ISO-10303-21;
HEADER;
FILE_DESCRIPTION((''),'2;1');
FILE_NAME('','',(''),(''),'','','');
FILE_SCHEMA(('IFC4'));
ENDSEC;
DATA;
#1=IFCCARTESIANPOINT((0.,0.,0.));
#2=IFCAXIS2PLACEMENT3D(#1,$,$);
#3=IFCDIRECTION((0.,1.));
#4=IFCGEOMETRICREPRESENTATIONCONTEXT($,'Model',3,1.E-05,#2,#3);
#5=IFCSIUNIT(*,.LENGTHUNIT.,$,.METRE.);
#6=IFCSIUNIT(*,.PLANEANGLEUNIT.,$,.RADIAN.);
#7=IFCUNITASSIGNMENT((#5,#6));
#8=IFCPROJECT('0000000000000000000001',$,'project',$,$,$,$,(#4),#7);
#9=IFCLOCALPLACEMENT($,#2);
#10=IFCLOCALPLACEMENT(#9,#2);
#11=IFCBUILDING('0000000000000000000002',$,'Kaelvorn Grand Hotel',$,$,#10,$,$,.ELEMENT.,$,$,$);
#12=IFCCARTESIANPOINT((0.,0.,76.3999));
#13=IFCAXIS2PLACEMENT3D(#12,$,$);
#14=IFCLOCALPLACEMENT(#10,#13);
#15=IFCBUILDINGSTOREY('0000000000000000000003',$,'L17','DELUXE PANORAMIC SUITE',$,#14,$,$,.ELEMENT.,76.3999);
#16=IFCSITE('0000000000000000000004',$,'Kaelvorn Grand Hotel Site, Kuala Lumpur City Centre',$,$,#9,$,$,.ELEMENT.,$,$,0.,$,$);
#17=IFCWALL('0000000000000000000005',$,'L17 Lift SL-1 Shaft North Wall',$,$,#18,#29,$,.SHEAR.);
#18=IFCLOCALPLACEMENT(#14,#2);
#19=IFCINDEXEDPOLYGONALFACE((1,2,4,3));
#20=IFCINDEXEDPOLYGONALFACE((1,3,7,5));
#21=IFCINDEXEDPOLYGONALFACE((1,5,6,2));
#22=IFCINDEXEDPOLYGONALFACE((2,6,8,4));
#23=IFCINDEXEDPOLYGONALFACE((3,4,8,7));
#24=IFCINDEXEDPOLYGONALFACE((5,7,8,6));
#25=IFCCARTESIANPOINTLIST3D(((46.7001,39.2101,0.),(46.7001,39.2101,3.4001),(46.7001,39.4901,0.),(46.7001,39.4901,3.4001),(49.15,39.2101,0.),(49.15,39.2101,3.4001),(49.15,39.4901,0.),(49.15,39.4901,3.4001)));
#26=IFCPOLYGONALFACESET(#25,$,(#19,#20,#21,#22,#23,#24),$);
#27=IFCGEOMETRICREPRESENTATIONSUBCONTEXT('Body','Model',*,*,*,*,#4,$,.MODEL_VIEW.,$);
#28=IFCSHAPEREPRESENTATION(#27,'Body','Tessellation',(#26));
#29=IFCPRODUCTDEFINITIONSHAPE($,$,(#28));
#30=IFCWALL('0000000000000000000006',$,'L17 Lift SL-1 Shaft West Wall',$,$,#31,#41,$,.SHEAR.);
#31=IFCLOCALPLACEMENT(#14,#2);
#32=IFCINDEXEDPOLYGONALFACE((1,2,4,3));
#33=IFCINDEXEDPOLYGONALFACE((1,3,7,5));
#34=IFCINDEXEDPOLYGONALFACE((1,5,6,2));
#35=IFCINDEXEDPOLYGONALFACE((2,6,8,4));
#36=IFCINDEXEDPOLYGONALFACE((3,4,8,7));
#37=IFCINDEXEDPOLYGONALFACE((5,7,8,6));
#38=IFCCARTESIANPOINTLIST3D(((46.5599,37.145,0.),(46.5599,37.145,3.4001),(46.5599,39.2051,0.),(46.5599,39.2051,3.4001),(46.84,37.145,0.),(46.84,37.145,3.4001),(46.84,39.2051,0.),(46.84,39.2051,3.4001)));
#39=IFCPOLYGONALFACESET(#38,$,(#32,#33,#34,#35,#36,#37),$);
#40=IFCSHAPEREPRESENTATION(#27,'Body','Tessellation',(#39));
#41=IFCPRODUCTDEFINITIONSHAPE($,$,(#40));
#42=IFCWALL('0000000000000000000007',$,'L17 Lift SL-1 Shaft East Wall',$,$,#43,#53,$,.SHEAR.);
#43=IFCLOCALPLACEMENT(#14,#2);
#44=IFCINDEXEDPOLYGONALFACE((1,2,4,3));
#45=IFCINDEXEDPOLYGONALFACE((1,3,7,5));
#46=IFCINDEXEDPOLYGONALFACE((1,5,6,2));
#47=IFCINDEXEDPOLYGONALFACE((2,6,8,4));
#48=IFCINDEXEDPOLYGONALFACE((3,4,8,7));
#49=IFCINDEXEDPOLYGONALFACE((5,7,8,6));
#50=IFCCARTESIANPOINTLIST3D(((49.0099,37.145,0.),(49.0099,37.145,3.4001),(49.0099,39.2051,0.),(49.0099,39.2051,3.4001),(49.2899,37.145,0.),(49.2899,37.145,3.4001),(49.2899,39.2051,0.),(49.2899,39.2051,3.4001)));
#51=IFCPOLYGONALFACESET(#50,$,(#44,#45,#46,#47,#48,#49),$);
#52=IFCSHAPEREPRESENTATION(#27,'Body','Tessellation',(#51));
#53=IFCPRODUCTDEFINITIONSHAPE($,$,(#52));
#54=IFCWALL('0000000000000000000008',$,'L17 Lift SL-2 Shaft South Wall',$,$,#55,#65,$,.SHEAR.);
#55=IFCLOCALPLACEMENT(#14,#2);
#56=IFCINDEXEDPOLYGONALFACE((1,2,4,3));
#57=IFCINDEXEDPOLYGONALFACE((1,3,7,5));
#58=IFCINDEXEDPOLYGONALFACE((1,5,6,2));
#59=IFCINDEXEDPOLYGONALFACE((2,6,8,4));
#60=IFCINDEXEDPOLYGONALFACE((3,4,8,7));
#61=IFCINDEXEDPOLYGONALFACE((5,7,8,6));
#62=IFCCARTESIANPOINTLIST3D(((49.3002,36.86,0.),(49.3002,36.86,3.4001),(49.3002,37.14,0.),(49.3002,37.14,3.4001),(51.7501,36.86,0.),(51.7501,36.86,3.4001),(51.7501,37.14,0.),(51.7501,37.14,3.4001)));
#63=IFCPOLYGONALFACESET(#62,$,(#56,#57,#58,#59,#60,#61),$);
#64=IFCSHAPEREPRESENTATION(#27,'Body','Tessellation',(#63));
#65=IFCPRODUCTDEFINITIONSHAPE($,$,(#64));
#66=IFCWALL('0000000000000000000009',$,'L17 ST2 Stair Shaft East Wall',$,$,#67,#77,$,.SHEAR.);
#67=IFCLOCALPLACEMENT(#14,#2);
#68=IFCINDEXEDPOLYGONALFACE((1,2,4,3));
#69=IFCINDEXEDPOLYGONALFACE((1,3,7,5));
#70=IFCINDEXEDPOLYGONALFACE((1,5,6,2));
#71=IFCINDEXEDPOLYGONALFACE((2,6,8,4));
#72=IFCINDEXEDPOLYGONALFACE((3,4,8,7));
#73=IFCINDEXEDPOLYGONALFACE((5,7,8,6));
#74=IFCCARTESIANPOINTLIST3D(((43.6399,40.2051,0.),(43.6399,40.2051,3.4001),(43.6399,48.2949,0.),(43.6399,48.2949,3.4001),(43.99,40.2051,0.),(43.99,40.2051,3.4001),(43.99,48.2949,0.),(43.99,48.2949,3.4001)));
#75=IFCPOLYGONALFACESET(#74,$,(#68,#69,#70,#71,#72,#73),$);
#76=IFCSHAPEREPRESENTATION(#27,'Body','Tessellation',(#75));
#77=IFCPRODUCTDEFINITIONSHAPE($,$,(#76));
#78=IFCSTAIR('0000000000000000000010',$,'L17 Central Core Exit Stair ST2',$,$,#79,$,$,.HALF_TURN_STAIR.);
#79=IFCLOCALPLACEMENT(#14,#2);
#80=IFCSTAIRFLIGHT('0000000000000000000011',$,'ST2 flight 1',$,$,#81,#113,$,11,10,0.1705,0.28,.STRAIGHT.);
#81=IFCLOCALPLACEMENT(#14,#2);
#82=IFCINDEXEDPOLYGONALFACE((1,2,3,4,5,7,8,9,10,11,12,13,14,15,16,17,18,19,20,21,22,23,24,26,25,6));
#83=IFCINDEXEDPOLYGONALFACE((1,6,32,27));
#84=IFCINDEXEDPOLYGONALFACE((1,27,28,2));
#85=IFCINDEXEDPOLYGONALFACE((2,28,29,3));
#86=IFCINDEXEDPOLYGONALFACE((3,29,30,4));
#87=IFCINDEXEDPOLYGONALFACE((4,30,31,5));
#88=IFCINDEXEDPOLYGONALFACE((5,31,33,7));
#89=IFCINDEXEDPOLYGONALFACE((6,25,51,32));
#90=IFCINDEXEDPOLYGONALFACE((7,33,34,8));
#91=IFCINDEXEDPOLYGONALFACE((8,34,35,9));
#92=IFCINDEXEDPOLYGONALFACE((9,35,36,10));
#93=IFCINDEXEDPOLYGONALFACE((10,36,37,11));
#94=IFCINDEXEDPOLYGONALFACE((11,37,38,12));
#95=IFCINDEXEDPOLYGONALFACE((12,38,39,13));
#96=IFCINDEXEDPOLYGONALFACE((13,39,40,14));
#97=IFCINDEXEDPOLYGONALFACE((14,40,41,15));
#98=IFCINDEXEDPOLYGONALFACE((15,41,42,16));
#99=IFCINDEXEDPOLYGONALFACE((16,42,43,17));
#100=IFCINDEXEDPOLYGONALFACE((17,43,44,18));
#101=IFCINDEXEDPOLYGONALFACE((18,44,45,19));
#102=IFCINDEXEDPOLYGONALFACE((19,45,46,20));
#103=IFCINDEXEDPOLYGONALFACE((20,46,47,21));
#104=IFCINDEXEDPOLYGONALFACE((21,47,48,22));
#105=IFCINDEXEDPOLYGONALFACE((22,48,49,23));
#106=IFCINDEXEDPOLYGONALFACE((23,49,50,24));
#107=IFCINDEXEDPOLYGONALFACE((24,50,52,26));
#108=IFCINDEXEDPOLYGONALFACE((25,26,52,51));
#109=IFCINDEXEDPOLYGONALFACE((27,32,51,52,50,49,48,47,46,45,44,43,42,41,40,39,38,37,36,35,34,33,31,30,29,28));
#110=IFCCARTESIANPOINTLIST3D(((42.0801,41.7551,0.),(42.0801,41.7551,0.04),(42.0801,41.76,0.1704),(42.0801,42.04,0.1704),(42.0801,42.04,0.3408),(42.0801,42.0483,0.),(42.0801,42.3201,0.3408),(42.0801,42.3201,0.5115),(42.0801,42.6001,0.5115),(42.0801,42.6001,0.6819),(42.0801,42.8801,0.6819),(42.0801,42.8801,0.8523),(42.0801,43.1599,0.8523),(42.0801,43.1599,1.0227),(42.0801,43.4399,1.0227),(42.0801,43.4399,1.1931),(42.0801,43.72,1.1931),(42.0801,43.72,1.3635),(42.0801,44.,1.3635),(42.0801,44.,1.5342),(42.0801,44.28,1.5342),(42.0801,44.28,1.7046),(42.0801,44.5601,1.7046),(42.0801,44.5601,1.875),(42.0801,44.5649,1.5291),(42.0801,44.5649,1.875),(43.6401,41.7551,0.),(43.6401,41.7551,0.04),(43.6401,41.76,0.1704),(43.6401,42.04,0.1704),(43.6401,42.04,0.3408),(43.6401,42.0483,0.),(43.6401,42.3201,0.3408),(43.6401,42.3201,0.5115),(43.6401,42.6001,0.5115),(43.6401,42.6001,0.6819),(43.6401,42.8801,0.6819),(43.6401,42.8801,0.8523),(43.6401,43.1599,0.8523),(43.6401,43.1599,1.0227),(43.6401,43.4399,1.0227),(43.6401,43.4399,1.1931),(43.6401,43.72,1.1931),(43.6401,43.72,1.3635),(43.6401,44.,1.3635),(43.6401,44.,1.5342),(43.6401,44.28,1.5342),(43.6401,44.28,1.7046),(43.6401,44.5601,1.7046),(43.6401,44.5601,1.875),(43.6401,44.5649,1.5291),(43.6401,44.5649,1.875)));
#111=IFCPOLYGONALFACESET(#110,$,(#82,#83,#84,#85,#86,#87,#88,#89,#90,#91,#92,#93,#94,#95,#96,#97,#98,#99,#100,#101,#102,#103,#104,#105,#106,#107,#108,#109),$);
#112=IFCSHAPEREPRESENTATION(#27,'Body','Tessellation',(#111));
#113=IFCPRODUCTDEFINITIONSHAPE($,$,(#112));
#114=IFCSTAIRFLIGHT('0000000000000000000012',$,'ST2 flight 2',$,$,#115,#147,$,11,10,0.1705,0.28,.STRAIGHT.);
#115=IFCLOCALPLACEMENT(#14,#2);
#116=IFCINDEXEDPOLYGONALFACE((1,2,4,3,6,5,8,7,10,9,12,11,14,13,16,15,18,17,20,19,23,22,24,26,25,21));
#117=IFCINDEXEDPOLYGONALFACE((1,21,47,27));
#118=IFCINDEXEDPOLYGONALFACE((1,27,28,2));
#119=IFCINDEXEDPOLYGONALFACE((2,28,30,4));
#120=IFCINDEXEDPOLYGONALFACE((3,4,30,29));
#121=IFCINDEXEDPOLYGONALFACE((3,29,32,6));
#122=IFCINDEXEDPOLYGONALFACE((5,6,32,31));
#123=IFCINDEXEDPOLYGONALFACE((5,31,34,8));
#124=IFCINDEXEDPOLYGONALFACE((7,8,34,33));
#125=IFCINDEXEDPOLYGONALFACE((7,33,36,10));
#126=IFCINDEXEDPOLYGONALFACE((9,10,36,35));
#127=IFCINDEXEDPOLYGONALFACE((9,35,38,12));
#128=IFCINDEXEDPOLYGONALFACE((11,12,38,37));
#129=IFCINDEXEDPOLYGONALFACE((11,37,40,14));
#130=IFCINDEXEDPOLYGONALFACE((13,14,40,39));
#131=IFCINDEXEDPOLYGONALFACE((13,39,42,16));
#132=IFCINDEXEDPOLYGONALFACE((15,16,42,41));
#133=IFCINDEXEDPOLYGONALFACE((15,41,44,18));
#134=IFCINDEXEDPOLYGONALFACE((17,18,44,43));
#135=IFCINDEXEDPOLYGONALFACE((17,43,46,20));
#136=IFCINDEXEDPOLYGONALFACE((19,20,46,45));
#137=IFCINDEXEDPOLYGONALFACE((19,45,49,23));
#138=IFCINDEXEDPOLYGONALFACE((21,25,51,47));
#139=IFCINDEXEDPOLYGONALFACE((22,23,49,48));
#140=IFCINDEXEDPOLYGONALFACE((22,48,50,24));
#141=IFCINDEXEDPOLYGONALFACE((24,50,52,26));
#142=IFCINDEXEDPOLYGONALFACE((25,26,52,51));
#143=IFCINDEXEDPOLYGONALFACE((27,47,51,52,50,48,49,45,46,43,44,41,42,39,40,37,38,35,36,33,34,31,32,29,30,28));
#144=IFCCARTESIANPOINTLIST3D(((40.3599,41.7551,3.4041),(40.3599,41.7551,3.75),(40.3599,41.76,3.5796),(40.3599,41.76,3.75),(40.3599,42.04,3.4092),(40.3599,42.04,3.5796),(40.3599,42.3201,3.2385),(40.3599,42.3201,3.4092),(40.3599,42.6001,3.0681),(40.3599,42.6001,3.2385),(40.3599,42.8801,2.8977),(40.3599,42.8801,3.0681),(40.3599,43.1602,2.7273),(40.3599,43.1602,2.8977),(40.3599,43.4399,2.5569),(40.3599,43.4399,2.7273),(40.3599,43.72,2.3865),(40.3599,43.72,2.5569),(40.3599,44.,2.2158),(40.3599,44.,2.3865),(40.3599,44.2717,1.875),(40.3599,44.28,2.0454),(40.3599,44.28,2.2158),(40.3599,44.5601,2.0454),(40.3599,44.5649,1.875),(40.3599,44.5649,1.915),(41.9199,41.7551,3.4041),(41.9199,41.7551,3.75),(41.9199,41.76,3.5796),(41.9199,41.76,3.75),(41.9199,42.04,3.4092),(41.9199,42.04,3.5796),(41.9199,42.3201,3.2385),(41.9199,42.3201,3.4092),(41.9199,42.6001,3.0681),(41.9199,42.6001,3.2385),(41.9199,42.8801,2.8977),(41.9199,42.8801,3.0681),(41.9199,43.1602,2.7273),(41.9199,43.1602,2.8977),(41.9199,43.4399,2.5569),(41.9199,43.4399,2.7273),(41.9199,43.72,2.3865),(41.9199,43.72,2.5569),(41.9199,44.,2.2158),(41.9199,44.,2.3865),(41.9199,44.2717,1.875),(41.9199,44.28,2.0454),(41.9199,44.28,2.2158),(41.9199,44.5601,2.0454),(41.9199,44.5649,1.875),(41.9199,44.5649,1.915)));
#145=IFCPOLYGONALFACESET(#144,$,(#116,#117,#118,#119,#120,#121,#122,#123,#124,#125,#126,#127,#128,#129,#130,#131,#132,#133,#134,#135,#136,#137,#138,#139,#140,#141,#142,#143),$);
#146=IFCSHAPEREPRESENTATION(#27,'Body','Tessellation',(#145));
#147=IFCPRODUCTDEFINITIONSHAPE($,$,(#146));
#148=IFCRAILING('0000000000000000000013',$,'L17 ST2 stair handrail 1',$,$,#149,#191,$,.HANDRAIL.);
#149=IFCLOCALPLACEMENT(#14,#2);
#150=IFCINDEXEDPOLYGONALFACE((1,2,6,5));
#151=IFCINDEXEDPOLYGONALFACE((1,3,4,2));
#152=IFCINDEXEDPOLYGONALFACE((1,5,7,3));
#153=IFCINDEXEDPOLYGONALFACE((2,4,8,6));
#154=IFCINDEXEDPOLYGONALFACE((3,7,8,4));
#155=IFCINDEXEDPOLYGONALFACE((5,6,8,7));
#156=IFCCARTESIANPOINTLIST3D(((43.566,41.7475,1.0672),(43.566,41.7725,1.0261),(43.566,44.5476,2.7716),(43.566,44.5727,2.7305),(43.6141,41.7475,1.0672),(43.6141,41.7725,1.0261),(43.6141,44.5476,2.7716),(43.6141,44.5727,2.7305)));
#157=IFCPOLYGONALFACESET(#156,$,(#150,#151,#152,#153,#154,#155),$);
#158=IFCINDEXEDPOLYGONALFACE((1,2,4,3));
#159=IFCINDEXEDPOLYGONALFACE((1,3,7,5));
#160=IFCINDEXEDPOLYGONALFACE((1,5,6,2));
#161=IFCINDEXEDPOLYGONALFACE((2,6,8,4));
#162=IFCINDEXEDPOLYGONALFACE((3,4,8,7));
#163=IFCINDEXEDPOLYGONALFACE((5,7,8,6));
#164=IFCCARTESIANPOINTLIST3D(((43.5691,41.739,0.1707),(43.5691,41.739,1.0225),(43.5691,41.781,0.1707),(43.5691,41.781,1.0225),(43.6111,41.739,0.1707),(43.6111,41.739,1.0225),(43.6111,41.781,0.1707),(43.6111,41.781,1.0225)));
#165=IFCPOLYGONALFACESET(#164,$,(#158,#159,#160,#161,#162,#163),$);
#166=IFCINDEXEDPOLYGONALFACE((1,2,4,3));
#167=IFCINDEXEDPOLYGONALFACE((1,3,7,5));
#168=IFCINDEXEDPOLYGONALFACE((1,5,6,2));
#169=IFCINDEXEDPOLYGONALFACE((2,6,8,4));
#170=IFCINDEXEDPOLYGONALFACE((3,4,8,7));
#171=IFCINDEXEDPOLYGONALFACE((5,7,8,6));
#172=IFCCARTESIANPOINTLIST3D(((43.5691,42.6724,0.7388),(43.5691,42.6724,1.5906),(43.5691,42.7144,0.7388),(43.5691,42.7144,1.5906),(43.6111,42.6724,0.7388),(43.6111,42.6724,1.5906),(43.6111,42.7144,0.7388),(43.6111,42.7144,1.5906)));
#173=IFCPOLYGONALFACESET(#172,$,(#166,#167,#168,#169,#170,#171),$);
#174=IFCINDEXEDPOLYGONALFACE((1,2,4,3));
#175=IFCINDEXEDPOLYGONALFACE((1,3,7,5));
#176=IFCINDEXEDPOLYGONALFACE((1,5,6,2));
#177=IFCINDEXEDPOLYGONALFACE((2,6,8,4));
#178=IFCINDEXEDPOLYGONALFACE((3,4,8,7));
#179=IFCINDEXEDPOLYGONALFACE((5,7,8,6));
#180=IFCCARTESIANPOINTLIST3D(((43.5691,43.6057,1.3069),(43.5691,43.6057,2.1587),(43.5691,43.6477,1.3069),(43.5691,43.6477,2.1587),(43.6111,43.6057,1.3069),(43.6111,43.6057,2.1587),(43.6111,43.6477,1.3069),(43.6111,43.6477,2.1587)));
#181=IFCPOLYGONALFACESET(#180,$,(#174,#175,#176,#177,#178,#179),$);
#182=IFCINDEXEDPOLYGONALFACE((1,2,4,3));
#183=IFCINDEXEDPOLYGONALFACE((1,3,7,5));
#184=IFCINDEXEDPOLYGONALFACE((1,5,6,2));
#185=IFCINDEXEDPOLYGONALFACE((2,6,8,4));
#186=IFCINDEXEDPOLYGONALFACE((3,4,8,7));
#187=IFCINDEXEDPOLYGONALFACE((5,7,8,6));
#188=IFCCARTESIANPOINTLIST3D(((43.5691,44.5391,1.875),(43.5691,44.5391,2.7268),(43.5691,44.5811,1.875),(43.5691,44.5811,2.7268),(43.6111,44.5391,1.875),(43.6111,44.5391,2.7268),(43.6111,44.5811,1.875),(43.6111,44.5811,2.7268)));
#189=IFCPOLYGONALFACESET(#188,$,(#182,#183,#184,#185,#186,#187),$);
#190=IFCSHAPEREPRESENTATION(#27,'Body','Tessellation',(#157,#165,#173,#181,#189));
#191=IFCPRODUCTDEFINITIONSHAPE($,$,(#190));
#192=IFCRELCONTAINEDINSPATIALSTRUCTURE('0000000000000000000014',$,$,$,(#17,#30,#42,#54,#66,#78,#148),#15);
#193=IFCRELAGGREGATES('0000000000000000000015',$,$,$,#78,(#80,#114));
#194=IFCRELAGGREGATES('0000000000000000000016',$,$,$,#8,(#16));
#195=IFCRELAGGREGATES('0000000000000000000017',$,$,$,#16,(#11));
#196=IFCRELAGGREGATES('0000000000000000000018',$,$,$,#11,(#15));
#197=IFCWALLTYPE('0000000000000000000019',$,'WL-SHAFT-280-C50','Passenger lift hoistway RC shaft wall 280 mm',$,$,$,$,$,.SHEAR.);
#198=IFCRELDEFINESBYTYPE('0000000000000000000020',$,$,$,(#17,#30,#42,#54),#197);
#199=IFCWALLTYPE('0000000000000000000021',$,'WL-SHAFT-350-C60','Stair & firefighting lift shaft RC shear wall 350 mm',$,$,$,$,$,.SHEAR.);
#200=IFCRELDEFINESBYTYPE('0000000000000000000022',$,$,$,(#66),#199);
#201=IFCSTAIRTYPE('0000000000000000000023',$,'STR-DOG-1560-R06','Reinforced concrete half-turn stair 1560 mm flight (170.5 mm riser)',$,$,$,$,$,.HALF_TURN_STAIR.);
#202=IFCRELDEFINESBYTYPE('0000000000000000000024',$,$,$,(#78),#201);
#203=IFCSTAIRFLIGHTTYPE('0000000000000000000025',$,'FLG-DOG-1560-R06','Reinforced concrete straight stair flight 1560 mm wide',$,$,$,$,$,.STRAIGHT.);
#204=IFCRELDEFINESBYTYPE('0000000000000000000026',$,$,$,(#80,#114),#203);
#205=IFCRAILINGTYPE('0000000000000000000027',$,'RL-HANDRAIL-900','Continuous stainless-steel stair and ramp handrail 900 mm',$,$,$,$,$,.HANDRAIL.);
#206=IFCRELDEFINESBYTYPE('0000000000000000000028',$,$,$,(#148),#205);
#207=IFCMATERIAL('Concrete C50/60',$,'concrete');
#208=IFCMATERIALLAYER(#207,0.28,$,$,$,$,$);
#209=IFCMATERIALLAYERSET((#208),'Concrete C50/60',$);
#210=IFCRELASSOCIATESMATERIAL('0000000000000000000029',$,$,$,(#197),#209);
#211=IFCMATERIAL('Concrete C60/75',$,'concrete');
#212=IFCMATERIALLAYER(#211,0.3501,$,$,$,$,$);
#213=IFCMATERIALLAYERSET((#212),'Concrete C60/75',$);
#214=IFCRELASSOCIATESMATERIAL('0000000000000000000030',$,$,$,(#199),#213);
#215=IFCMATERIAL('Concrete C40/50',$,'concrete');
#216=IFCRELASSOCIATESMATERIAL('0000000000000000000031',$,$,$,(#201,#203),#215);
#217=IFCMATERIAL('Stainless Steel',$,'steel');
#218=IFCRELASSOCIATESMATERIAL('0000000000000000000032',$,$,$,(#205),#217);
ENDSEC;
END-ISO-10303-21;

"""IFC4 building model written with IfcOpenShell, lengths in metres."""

from ifc_helpers import new_model, si_unit, direction, frame, frame_2d, origin, origin_2d, place, context, subcontext, project, spatial, polyline, rectangle, outline, extrude, material, layer, layer_set, type_object, element, aggregate, save


model = new_model("IFC4")

# Units and contexts
model_context = context("Model", 3, precision=1e-05, world=origin(), true_north=direction((0.0, 1.0)))
body_context = subcontext(model_context, "Body", "Model", "MODEL_VIEW")
ifc_project = project(units=[si_unit("LENGTHUNIT", "METRE"), si_unit("PLANEANGLEUNIT", "RADIAN")], contexts=[model_context])

# Site, building, storey
site_placement = place(None, origin())
site = spatial("IfcSite", under=ifc_project, at=site_placement, Name="Kaelvorn Grand Hotel Site, Kuala Lumpur City Centre", CompositionType="ELEMENT", RefElevation=0.0)
building_placement = place(site_placement, origin())
building = spatial("IfcBuilding", under=site, at=building_placement, Name="Kaelvorn Grand Hotel", CompositionType="ELEMENT")
storey_placement = place(building_placement, frame((0.0, 0.0, 76.3999)))
storey = spatial("IfcBuildingStorey", under=building, at=storey_placement, Name="L17", Description="DELUXE PANORAMIC SUITE", CompositionType="ELEMENT", Elevation=76.3999)

# Shared definitions
ifc_material_1 = material(Name="Concrete C60/75", Category="concrete")

# Walls
ifc_material_2 = material(Name="Concrete C40/50", Category="concrete")
ifc_material_3 = material(Name="Concrete C50/60", Category="concrete")
ifc_layer_1 = layer(ifc_material_3, 0.28)
ifc_layer_set_1 = layer_set([ifc_layer_1], Name="Concrete C50/60")
wall_type_1 = type_object("IfcWallType", Name="WL-SHAFT-280-C50", Description="Passenger lift hoistway RC shaft wall 280 mm", PredefinedType="SHEAR", material=ifc_layer_set_1)
for number, where, z_axis, x_axis, name in (
    (1, (46.7, 39.3501, 0.0), (0.0, 0.0, 1.0), (1.0, 0.0, 0.0), "L17 Lift SL-1 Shaft North Wall"),
):
    element("IfcWall", number, at=place(storey_placement, frame(where, z_axis=z_axis, x_axis=x_axis)), inside=storey, type_object=wall_type_1, Name=name, PredefinedType="SHEAR", context=body_context, shape_type="SweptSolid", body=[
        extrude(rectangle(XDim=2.45, YDim=0.28, at=frame_2d((1.2251, 0.0))), origin(), (0.0, 0.0, 1.0), 3.4001),
    ])
for number, where, z_axis, x_axis, name in (
    (2, (46.7, 37.145, 0.0), (0.0, 0.0, 1.0), (0.0, 1.0, 0.0), "L17 Lift SL-1 Shaft West Wall"),
    (3, (49.1499, 37.145, 0.0), (0.0, 0.0, 1.0), (0.0, 1.0, 0.0), "L17 Lift SL-1 Shaft East Wall"),
):
    element("IfcWall", number, at=place(storey_placement, frame(where, z_axis=z_axis, x_axis=x_axis)), inside=storey, type_object=wall_type_1, Name=name, PredefinedType="SHEAR", context=body_context, shape_type="SweptSolid", body=[
        extrude(rectangle(XDim=2.0601, YDim=0.28, at=frame_2d((1.03, 0.0))), origin(), (0.0, 0.0, 1.0), 3.4001),
    ])
wall_1_placement = place(storey_placement, frame((49.3, 37.0, 0.0), z_axis=(0.0, 0.0, 1.0), x_axis=(1.0, 0.0, 0.0)))
element("IfcWall", 4, at=wall_1_placement, inside=storey, type_object=wall_type_1, Name="L17 Lift SL-2 Shaft South Wall", PredefinedType="SHEAR", context=body_context, shape_type="SweptSolid", body=[
    extrude(rectangle(XDim=2.45, YDim=0.28, at=frame_2d((1.2251, 0.0))), origin(), (0.0, 0.0, 1.0), 3.4001),
])
ifc_layer_2 = layer(ifc_material_1, 0.3501)
ifc_layer_set_2 = layer_set([ifc_layer_2], Name="Concrete C60/75")
wall_type_2 = type_object("IfcWallType", Name="WL-SHAFT-350-C60", Description="Stair & firefighting lift shaft RC shear wall 350 mm", PredefinedType="SHEAR", material=ifc_layer_set_2)
wall_2_placement = place(storey_placement, frame((43.8149, 40.2051, 0.0), z_axis=(0.0, 0.0, 1.0), x_axis=(0.0, 1.0, 0.0)))
element("IfcWall", 5, at=wall_2_placement, inside=storey, type_object=wall_type_2, Name="L17 ST2 Stair Shaft East Wall", PredefinedType="SHEAR", context=body_context, shape_type="SweptSolid", body=[
    extrude(rectangle(XDim=8.0898, YDim=0.3501, at=frame_2d((4.0449, 0.0))), origin(), (0.0, 0.0, 1.0), 3.4001),
])

# Stair, stair flights
stair_type = type_object("IfcStairType", Name="STR-DOG-1560-R06", Description="Reinforced concrete half-turn stair 1560 mm flight (170.5 mm riser)", PredefinedType="HALF_TURN_STAIR", material=ifc_material_2)
stair_placement = place(storey_placement, origin())
stair = element("IfcStair", 6, at=stair_placement, inside=storey, type_object=stair_type, Name="L17 Central Core Exit Stair ST2", PredefinedType="HALF_TURN_STAIR")
stair_flight_type = type_object("IfcStairFlightType", Name="FLG-DOG-1560-R06", Description="Reinforced concrete straight stair flight 1560 mm wide", PredefinedType="STRAIGHT", material=ifc_material_2)
stair_flight_1_placement = place(storey_placement, frame((42.8601, 41.76, 0.0), z_axis=(0.0, 0.0, 1.0), x_axis=(0.0, 1.0, 0.0)))
stair_flight_1 = element("IfcStairFlight", 7, at=stair_flight_1_placement, type_object=stair_flight_type, Name="ST2 flight 1", NumberOfRisers=11, NumberOfTreads=10, PredefinedType="STRAIGHT", RiserHeight=0.1705, TreadLength=0.28, context=body_context, shape_type="SweptSolid", body=[
    extrude(outline(polyline([(-0.0049, 0.0), (-0.0049, 0.04), (0.0, 0.1704), (0.28, 0.1704), (0.28, 0.3408), (0.5601, 0.3408), (0.5601, 0.5115), (0.8401, 0.5115), (0.8401, 0.6819), (1.1201, 0.6819), (1.1201, 0.8523), (1.3999, 0.8523), (1.3999, 1.0227), (1.6799, 1.0227), (1.6799, 1.1931), (1.96, 1.1931), (1.96, 1.3635), (2.24, 1.3635), (2.24, 1.5342), (2.52, 1.5342), (2.52, 1.7046), (2.8, 1.7046), (2.8, 1.875), (2.8049, 1.875), (2.8049, 1.5291), (0.2883, 0.0), (-0.0049, 0.0)])), frame((0.0, 0.78, 0.0), z_axis=(0.0, -1.0, 0.0), x_axis=(1.0, 0.0, 0.0)), (0.0, 0.0, 1.0), 1.5601),
])
stair_flight_2_placement = place(storey_placement, frame((41.1399, 44.5601, 1.875), z_axis=(0.0, 0.0, 1.0), x_axis=(0.0, -1.0, 0.0)))
stair_flight_2 = element("IfcStairFlight", 8, at=stair_flight_2_placement, type_object=stair_flight_type, Name="ST2 flight 2", NumberOfRisers=11, NumberOfTreads=10, PredefinedType="STRAIGHT", RiserHeight=0.1705, TreadLength=0.28, context=body_context, shape_type="SweptSolid", body=[
    extrude(outline(polyline([(-0.0049, 0.0), (-0.0049, 0.04), (0.0, 0.1704), (0.28, 0.1704), (0.28, 0.3408), (0.5601, 0.3408), (0.5601, 0.5115), (0.8401, 0.5115), (0.8401, 0.6819), (1.1201, 0.6819), (1.1201, 0.8523), (1.3999, 0.8523), (1.3999, 1.0227), (1.6799, 1.0227), (1.6799, 1.1931), (1.96, 1.1931), (1.96, 1.3635), (2.24, 1.3635), (2.24, 1.5342), (2.52, 1.5342), (2.52, 1.7046), (2.8, 1.7046), (2.8, 1.875), (2.8049, 1.875), (2.8049, 1.5291), (0.2883, 0.0), (-0.0049, 0.0)])), frame((0.0, 0.78, 0.0), z_axis=(0.0, -1.0, 0.0), x_axis=(1.0, 0.0, 0.0)), (0.0, 0.0, 1.0), 1.5601),
])
aggregate(stair, [stair_flight_1, stair_flight_2])

# Railing
ifc_material_4 = material(Name="Stainless Steel", Category="steel")
railing_type_1 = type_object("IfcRailingType", Name="RL-HANDRAIL-900", Description="Continuous stainless-steel stair and ramp handrail 900 mm", PredefinedType="HANDRAIL", material=ifc_material_4)
railing_1_placement = place(storey_placement, frame((43.5901, 41.76, 0.1707)))
element("IfcRailing", 9, at=railing_1_placement, inside=storey, type_object=railing_type_1, Name="L17 ST2 stair handrail 1", PredefinedType="HANDRAIL", context=body_context, shape_type="SweptSolid", body=[
    extrude(rectangle(XDim=0.0481, YDim=0.0481, at=origin_2d()), frame((0.0, 0.0, 0.876), z_axis=(0.0, 0.854203, 0.51994), x_axis=(-1.0, 0.0, 0.0)), (0.0, 0.0, 1.0), 3.2781),
    extrude(rectangle(XDim=0.042, YDim=0.042, at=origin_2d()), origin(), (0.0, 0.0, 1.0), 0.8518),
    extrude(rectangle(XDim=0.042, YDim=0.042, at=origin_2d()), frame((0.0, 0.9333, 0.5681)), (0.0, 0.0, 1.0), 0.8518),
    extrude(rectangle(XDim=0.042, YDim=0.042, at=origin_2d()), frame((0.0, 1.8667, 1.1362)), (0.0, 0.0, 1.0), 0.8518),
    extrude(rectangle(XDim=0.042, YDim=0.042, at=origin_2d()), frame((0.0, 2.8, 1.7043)), (0.0, 0.0, 1.0), 0.8518),
])

save(model, "model.ifc")
